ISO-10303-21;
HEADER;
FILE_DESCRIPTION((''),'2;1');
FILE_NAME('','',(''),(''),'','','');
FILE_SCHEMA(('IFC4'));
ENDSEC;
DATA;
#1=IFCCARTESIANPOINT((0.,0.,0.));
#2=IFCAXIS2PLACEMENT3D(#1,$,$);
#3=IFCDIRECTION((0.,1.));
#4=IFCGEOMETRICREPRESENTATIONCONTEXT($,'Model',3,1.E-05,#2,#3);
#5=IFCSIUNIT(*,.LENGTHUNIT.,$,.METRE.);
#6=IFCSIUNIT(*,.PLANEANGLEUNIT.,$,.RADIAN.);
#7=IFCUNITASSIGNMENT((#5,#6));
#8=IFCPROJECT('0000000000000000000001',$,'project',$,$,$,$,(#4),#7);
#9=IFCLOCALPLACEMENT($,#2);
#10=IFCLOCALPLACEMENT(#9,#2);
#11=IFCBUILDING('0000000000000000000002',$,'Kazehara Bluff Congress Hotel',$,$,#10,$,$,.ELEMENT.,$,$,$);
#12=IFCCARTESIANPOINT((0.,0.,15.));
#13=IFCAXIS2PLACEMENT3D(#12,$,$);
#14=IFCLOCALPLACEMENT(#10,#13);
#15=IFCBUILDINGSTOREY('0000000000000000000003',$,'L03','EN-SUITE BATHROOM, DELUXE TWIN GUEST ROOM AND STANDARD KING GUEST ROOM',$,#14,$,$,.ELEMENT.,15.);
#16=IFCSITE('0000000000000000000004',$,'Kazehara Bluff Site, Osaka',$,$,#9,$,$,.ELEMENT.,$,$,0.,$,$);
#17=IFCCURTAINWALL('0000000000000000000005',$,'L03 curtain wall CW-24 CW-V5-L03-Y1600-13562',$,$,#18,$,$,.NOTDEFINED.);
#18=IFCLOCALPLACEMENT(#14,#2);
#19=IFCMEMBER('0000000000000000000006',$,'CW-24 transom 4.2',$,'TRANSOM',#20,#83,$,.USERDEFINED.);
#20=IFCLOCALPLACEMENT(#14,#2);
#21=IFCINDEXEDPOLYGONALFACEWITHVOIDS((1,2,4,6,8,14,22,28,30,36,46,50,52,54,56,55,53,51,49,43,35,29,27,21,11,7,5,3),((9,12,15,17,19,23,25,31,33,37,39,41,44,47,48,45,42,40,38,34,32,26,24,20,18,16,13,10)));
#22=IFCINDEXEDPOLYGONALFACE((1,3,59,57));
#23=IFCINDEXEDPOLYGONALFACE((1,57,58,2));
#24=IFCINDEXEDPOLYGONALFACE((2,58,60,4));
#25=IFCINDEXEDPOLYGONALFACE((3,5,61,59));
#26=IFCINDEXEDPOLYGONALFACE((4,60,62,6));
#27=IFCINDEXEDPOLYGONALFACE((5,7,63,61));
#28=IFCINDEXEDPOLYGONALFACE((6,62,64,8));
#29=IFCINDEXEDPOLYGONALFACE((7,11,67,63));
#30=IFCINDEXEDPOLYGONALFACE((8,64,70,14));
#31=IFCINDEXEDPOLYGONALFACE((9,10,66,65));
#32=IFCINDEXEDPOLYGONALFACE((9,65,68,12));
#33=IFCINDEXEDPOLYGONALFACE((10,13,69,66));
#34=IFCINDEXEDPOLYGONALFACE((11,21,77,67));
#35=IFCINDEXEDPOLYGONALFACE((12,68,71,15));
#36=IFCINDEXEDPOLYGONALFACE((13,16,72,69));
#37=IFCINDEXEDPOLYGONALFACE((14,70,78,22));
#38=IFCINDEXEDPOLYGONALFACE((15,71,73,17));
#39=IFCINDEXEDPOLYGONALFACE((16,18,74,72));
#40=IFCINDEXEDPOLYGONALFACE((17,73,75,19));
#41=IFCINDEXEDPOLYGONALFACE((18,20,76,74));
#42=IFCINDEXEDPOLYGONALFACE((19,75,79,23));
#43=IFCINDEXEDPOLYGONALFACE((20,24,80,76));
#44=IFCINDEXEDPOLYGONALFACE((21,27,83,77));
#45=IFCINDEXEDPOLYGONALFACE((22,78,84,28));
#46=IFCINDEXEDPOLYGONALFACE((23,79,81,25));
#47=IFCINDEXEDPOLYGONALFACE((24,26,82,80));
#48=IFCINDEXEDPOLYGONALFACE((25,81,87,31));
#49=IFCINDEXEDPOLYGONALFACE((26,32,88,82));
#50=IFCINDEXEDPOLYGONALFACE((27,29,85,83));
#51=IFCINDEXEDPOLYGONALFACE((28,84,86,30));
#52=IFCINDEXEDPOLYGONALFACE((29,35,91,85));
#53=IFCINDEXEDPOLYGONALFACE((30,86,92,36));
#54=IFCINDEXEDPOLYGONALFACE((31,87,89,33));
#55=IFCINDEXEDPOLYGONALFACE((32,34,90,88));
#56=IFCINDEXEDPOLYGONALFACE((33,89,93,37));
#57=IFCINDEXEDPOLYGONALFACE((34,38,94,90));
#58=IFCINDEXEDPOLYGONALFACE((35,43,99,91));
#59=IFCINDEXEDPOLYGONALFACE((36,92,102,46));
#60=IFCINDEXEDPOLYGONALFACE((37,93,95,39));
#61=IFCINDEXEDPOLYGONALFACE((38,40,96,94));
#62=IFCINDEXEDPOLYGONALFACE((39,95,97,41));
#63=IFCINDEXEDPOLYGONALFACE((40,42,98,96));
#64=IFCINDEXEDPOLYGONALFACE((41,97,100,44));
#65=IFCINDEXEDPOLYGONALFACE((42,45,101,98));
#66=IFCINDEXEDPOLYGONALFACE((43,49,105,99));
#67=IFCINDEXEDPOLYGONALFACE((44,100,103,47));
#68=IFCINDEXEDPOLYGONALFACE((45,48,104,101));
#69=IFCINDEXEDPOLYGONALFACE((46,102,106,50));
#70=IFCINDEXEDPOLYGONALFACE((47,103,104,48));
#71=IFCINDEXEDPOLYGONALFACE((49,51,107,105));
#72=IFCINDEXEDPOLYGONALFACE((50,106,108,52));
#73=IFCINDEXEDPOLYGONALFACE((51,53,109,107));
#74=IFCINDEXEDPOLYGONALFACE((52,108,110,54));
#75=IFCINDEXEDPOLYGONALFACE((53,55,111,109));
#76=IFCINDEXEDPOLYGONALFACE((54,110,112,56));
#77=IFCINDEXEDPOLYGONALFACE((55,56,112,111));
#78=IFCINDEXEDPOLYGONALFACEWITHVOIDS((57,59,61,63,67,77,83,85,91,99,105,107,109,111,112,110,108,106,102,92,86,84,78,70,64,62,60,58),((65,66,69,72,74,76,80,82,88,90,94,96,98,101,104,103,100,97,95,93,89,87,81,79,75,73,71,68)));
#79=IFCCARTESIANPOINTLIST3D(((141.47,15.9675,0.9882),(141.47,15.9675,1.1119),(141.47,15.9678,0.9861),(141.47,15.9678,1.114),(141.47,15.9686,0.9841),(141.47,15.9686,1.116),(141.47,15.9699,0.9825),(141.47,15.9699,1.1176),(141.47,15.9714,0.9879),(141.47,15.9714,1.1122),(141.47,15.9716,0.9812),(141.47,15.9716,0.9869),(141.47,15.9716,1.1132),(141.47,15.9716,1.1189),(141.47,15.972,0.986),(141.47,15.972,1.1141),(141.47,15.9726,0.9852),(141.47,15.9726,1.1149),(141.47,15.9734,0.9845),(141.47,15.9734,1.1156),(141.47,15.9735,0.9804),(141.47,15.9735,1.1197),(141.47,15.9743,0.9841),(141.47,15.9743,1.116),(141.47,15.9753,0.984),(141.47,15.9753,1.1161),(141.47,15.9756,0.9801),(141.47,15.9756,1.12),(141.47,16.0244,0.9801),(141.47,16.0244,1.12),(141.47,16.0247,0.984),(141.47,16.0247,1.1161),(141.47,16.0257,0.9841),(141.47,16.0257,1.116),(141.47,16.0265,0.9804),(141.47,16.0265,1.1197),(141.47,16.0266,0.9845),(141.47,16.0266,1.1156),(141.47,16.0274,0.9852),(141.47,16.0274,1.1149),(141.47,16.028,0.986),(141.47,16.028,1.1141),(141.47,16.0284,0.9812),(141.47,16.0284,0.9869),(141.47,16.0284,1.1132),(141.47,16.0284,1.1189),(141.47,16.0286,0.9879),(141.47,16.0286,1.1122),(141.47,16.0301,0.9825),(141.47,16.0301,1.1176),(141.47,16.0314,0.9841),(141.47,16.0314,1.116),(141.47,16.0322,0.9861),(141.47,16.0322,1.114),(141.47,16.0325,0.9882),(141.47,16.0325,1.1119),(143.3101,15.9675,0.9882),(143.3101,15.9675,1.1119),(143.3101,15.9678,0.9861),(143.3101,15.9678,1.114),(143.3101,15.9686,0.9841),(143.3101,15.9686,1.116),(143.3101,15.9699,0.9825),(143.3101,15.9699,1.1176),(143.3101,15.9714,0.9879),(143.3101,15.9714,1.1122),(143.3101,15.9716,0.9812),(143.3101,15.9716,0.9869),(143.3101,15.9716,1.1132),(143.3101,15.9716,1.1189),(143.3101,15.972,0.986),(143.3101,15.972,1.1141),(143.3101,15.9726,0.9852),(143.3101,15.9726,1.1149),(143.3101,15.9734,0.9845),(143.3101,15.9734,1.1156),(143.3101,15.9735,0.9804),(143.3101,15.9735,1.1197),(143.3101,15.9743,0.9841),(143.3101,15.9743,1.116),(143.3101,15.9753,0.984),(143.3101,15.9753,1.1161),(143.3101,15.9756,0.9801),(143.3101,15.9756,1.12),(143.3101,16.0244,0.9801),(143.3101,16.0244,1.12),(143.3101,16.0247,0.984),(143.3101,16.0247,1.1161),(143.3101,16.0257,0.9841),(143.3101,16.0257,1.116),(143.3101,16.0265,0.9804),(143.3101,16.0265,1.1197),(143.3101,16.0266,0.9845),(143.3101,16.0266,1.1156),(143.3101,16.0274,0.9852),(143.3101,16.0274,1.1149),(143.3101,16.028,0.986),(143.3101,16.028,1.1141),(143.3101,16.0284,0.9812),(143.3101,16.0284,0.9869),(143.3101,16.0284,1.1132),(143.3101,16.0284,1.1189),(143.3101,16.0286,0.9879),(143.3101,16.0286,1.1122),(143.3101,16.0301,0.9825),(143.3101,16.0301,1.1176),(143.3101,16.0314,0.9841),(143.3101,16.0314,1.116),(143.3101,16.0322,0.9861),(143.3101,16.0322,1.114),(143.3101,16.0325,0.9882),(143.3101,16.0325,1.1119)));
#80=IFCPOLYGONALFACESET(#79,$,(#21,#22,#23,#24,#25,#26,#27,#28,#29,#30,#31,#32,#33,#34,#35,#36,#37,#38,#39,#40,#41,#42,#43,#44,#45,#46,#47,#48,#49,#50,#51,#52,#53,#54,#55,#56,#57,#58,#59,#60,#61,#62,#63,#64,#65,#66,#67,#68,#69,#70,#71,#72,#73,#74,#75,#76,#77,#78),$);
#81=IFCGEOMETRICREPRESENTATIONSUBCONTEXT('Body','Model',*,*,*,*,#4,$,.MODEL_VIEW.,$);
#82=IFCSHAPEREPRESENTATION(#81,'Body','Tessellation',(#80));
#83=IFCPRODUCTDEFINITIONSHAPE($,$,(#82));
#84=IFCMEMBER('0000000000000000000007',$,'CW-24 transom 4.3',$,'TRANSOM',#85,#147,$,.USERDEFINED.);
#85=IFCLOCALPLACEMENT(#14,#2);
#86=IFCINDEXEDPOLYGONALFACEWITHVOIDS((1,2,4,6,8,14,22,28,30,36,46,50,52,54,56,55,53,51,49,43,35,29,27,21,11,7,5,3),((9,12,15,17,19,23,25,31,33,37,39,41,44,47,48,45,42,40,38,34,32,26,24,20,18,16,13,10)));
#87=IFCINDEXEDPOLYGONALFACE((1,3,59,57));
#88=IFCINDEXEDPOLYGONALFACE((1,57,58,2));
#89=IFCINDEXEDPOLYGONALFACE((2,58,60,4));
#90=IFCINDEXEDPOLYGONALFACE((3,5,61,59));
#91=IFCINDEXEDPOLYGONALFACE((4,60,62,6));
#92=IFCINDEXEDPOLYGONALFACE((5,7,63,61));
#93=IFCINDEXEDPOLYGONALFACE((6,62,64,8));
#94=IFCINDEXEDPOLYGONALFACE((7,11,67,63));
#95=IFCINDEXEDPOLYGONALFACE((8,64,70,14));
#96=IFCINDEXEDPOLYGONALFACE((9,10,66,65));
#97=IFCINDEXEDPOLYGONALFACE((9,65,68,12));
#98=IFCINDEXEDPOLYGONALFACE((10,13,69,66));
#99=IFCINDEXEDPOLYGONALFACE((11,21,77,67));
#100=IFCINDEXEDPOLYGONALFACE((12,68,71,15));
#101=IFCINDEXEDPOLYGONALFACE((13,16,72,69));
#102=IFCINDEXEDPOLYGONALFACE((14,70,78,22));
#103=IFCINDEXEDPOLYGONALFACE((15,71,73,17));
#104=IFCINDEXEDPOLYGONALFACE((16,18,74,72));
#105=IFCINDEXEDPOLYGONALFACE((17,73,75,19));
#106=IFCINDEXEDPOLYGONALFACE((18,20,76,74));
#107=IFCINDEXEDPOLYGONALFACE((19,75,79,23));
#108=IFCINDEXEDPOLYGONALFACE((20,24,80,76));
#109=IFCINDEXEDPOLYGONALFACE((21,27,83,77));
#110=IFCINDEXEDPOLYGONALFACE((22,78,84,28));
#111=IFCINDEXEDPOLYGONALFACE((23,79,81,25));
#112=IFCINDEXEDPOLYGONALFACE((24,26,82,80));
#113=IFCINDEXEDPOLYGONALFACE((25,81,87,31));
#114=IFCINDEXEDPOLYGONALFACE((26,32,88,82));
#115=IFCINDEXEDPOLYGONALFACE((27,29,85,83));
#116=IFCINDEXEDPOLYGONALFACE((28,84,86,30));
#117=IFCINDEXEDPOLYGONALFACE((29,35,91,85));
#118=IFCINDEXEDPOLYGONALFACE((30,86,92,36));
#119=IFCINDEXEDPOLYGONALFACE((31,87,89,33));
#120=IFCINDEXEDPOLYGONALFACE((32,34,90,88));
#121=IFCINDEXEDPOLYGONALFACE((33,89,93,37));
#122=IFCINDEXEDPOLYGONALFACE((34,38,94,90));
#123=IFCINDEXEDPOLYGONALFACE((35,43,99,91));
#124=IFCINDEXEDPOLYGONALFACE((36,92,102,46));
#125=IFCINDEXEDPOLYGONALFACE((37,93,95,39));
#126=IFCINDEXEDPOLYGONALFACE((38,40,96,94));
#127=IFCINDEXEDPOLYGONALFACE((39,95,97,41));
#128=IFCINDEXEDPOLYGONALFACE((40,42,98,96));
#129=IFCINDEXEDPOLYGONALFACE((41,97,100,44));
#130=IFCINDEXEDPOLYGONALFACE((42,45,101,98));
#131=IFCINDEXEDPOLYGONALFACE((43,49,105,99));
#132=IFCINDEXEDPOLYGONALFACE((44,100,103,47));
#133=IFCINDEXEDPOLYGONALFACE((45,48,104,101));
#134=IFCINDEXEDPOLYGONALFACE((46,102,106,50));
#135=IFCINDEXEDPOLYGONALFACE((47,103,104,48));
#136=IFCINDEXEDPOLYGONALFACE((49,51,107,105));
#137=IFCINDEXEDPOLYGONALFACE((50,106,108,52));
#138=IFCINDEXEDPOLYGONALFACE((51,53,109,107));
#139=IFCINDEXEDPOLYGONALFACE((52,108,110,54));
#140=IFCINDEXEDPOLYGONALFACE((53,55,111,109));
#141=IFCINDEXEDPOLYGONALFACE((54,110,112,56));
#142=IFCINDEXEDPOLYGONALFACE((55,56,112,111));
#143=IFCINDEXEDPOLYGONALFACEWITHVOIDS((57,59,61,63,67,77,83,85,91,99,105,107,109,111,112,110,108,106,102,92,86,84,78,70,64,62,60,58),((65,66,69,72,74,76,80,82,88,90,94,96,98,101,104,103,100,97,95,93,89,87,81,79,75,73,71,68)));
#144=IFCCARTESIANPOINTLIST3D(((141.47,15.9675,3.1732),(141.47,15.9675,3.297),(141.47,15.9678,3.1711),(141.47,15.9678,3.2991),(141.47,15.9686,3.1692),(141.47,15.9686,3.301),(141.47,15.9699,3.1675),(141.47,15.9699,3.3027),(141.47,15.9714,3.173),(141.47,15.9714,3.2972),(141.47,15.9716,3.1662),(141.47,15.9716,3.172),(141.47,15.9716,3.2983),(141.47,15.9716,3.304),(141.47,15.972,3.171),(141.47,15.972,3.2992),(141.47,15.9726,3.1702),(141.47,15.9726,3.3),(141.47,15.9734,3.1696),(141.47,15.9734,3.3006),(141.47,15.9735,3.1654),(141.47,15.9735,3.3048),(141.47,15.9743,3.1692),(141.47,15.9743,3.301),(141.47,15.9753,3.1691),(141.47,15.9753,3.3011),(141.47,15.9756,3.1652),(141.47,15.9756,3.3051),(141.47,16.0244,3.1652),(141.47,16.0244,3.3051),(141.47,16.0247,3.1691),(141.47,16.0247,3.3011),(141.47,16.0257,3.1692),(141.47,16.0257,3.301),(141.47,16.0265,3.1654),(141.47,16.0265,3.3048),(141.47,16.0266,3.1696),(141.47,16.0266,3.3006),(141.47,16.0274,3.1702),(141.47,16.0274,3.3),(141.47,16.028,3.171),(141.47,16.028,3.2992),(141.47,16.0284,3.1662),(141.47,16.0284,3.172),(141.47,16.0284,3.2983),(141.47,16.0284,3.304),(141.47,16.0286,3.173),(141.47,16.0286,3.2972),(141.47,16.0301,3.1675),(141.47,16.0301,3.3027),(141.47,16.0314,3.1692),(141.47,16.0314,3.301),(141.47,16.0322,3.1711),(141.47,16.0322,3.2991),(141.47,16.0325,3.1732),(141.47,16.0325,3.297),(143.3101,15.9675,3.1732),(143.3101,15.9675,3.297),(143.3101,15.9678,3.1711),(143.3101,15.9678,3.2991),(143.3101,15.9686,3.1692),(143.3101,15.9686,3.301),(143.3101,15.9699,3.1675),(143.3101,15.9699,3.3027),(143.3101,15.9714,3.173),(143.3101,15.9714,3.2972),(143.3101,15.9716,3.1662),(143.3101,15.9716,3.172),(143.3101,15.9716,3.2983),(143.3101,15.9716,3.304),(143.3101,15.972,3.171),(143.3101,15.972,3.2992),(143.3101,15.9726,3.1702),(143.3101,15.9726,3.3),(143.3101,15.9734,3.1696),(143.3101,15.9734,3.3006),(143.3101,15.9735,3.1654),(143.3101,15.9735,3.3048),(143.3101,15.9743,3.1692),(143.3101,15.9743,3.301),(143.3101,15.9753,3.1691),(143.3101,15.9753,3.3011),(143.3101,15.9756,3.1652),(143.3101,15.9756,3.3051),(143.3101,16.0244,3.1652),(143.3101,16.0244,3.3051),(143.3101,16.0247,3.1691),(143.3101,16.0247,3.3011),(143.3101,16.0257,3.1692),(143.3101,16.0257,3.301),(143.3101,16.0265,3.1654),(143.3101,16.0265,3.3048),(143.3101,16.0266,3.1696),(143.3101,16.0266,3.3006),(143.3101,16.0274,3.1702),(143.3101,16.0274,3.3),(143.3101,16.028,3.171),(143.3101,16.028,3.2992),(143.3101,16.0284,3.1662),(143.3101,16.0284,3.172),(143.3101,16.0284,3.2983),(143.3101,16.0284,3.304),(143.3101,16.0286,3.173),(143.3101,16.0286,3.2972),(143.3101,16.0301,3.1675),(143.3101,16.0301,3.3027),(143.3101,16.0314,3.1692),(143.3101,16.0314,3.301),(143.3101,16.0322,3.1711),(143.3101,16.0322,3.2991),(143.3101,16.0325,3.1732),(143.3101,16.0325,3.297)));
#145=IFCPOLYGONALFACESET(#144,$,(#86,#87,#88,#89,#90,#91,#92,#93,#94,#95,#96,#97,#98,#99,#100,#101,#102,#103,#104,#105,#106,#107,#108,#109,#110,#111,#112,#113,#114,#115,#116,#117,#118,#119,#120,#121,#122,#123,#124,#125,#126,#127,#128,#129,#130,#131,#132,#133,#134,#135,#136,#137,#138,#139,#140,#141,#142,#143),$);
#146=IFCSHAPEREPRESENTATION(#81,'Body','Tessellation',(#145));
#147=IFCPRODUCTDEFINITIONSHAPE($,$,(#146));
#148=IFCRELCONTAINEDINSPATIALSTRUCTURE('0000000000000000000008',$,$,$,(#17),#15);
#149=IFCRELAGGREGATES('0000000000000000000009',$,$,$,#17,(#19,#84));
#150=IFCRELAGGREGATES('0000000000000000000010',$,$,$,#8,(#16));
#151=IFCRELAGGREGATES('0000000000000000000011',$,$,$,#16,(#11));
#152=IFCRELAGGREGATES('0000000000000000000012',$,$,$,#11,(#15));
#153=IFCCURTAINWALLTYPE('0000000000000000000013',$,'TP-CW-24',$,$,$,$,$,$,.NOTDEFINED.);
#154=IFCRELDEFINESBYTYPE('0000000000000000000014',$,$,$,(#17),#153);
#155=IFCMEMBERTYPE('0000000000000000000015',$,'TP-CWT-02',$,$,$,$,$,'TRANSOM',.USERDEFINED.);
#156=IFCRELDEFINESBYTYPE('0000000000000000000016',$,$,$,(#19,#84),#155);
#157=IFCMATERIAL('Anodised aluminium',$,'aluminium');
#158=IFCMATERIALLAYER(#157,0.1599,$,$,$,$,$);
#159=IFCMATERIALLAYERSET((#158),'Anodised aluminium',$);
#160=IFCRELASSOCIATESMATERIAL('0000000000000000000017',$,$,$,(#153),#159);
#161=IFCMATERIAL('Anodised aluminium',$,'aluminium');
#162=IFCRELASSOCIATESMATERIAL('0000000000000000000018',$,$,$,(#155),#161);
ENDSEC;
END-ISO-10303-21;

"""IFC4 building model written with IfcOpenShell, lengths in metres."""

from ifc_helpers import new_model, si_unit, direction, frame, origin, origin_2d, place, context, subcontext, project, spatial, hollow_rectangle, extrude, material, layer, layer_set, material_profile, profile_set, type_object, element, aggregate, save


model = new_model("IFC4")

# Units and contexts
model_context = context("Model", 3, precision=1e-05, world=origin(), true_north=direction((0.0, 1.0)))
body_context = subcontext(model_context, "Body", "Model", "MODEL_VIEW")
ifc_project = project(units=[si_unit("LENGTHUNIT", "METRE"), si_unit("PLANEANGLEUNIT", "RADIAN")], contexts=[model_context])

# Site, building, storey
site_placement = place(None, origin())
site = spatial("IfcSite", under=ifc_project, at=site_placement, Name="Kazehara Bluff Site, Osaka", CompositionType="ELEMENT", RefElevation=0.0)
building_placement = place(site_placement, origin())
building = spatial("IfcBuilding", under=site, at=building_placement, Name="Kazehara Bluff Congress Hotel", CompositionType="ELEMENT")
storey_placement = place(building_placement, frame((0.0, 0.0, 15.0)))
storey = spatial("IfcBuildingStorey", under=building, at=storey_placement, Name="L03", Description="EN-SUITE BATHROOM, DELUXE TWIN GUEST ROOM AND STANDARD KING GUEST ROOM", CompositionType="ELEMENT", Elevation=15.0)

# Curtain wall
ifc_material_1 = material(Name="Anodised aluminium", Category="aluminium")
ifc_layer_1 = layer(ifc_material_1, 0.1599)
ifc_layer_set_1 = layer_set([ifc_layer_1], Name="Anodised aluminium")
curtain_wall_type = type_object("IfcCurtainWallType", Name="TP-CW-24", PredefinedType="NOTDEFINED", material=ifc_layer_set_1)
curtain_wall_1_placement = place(storey_placement, origin())
curtain_wall_1 = element("IfcCurtainWall", 1, at=curtain_wall_1_placement, inside=storey, type_object=curtain_wall_type, Name="L03 curtain wall CW-24 CW-V5-L03-Y1600-13562", PredefinedType="NOTDEFINED")

# Members
ifc_material_2 = material(Name="Anodised aluminium", Category="aluminium")
ifc_material_profile_1 = material_profile(ifc_material_2, hollow_rectangle(XDim=0.0649, YDim=0.1399, WallThickness=0.0039, InnerFilletRadius=0.0039, OuterFilletRadius=0.0081, at=origin_2d()))
ifc_profile_set_1 = profile_set([ifc_material_profile_1], Name="Anodised aluminium")
member_type_1 = type_object("IfcMemberType", Name="TP-CWT-02", ElementType="TRANSOM", PredefinedType="USERDEFINED", material=ifc_profile_set_1)
member_1_placement = place(storey_placement, frame((141.47, 16.0, 1.05), z_axis=(1.0, 0.0, 0.0), x_axis=(0.0, 1.0, 0.0)))
member_1 = element("IfcMember", 2, at=member_1_placement, type_object=member_type_1, Name="CW-24 transom 4.2", ObjectType="TRANSOM", PredefinedType="USERDEFINED", context=body_context, shape_type="SweptSolid", body=[
    extrude(hollow_rectangle(XDim=0.0649, YDim=0.1399, WallThickness=0.0039, InnerFilletRadius=0.0039, OuterFilletRadius=0.0081, at=origin_2d()), origin(), (0.0, 0.0, 1.0), 1.8401),
])
member_2_placement = place(storey_placement, frame((141.47, 16.0, 3.2351), z_axis=(1.0, 0.0, 0.0), x_axis=(0.0, 1.0, 0.0)))
member_2 = element("IfcMember", 3, at=member_2_placement, type_object=member_type_1, Name="CW-24 transom 4.3", ObjectType="TRANSOM", PredefinedType="USERDEFINED", context=body_context, shape_type="SweptSolid", body=[
    extrude(hollow_rectangle(XDim=0.0649, YDim=0.1399, WallThickness=0.0039, InnerFilletRadius=0.0039, OuterFilletRadius=0.0081, at=origin_2d()), origin(), (0.0, 0.0, 1.0), 1.8401),
])

aggregate(curtain_wall_1, [member_1, member_2])

save(model, "model.ifc")
